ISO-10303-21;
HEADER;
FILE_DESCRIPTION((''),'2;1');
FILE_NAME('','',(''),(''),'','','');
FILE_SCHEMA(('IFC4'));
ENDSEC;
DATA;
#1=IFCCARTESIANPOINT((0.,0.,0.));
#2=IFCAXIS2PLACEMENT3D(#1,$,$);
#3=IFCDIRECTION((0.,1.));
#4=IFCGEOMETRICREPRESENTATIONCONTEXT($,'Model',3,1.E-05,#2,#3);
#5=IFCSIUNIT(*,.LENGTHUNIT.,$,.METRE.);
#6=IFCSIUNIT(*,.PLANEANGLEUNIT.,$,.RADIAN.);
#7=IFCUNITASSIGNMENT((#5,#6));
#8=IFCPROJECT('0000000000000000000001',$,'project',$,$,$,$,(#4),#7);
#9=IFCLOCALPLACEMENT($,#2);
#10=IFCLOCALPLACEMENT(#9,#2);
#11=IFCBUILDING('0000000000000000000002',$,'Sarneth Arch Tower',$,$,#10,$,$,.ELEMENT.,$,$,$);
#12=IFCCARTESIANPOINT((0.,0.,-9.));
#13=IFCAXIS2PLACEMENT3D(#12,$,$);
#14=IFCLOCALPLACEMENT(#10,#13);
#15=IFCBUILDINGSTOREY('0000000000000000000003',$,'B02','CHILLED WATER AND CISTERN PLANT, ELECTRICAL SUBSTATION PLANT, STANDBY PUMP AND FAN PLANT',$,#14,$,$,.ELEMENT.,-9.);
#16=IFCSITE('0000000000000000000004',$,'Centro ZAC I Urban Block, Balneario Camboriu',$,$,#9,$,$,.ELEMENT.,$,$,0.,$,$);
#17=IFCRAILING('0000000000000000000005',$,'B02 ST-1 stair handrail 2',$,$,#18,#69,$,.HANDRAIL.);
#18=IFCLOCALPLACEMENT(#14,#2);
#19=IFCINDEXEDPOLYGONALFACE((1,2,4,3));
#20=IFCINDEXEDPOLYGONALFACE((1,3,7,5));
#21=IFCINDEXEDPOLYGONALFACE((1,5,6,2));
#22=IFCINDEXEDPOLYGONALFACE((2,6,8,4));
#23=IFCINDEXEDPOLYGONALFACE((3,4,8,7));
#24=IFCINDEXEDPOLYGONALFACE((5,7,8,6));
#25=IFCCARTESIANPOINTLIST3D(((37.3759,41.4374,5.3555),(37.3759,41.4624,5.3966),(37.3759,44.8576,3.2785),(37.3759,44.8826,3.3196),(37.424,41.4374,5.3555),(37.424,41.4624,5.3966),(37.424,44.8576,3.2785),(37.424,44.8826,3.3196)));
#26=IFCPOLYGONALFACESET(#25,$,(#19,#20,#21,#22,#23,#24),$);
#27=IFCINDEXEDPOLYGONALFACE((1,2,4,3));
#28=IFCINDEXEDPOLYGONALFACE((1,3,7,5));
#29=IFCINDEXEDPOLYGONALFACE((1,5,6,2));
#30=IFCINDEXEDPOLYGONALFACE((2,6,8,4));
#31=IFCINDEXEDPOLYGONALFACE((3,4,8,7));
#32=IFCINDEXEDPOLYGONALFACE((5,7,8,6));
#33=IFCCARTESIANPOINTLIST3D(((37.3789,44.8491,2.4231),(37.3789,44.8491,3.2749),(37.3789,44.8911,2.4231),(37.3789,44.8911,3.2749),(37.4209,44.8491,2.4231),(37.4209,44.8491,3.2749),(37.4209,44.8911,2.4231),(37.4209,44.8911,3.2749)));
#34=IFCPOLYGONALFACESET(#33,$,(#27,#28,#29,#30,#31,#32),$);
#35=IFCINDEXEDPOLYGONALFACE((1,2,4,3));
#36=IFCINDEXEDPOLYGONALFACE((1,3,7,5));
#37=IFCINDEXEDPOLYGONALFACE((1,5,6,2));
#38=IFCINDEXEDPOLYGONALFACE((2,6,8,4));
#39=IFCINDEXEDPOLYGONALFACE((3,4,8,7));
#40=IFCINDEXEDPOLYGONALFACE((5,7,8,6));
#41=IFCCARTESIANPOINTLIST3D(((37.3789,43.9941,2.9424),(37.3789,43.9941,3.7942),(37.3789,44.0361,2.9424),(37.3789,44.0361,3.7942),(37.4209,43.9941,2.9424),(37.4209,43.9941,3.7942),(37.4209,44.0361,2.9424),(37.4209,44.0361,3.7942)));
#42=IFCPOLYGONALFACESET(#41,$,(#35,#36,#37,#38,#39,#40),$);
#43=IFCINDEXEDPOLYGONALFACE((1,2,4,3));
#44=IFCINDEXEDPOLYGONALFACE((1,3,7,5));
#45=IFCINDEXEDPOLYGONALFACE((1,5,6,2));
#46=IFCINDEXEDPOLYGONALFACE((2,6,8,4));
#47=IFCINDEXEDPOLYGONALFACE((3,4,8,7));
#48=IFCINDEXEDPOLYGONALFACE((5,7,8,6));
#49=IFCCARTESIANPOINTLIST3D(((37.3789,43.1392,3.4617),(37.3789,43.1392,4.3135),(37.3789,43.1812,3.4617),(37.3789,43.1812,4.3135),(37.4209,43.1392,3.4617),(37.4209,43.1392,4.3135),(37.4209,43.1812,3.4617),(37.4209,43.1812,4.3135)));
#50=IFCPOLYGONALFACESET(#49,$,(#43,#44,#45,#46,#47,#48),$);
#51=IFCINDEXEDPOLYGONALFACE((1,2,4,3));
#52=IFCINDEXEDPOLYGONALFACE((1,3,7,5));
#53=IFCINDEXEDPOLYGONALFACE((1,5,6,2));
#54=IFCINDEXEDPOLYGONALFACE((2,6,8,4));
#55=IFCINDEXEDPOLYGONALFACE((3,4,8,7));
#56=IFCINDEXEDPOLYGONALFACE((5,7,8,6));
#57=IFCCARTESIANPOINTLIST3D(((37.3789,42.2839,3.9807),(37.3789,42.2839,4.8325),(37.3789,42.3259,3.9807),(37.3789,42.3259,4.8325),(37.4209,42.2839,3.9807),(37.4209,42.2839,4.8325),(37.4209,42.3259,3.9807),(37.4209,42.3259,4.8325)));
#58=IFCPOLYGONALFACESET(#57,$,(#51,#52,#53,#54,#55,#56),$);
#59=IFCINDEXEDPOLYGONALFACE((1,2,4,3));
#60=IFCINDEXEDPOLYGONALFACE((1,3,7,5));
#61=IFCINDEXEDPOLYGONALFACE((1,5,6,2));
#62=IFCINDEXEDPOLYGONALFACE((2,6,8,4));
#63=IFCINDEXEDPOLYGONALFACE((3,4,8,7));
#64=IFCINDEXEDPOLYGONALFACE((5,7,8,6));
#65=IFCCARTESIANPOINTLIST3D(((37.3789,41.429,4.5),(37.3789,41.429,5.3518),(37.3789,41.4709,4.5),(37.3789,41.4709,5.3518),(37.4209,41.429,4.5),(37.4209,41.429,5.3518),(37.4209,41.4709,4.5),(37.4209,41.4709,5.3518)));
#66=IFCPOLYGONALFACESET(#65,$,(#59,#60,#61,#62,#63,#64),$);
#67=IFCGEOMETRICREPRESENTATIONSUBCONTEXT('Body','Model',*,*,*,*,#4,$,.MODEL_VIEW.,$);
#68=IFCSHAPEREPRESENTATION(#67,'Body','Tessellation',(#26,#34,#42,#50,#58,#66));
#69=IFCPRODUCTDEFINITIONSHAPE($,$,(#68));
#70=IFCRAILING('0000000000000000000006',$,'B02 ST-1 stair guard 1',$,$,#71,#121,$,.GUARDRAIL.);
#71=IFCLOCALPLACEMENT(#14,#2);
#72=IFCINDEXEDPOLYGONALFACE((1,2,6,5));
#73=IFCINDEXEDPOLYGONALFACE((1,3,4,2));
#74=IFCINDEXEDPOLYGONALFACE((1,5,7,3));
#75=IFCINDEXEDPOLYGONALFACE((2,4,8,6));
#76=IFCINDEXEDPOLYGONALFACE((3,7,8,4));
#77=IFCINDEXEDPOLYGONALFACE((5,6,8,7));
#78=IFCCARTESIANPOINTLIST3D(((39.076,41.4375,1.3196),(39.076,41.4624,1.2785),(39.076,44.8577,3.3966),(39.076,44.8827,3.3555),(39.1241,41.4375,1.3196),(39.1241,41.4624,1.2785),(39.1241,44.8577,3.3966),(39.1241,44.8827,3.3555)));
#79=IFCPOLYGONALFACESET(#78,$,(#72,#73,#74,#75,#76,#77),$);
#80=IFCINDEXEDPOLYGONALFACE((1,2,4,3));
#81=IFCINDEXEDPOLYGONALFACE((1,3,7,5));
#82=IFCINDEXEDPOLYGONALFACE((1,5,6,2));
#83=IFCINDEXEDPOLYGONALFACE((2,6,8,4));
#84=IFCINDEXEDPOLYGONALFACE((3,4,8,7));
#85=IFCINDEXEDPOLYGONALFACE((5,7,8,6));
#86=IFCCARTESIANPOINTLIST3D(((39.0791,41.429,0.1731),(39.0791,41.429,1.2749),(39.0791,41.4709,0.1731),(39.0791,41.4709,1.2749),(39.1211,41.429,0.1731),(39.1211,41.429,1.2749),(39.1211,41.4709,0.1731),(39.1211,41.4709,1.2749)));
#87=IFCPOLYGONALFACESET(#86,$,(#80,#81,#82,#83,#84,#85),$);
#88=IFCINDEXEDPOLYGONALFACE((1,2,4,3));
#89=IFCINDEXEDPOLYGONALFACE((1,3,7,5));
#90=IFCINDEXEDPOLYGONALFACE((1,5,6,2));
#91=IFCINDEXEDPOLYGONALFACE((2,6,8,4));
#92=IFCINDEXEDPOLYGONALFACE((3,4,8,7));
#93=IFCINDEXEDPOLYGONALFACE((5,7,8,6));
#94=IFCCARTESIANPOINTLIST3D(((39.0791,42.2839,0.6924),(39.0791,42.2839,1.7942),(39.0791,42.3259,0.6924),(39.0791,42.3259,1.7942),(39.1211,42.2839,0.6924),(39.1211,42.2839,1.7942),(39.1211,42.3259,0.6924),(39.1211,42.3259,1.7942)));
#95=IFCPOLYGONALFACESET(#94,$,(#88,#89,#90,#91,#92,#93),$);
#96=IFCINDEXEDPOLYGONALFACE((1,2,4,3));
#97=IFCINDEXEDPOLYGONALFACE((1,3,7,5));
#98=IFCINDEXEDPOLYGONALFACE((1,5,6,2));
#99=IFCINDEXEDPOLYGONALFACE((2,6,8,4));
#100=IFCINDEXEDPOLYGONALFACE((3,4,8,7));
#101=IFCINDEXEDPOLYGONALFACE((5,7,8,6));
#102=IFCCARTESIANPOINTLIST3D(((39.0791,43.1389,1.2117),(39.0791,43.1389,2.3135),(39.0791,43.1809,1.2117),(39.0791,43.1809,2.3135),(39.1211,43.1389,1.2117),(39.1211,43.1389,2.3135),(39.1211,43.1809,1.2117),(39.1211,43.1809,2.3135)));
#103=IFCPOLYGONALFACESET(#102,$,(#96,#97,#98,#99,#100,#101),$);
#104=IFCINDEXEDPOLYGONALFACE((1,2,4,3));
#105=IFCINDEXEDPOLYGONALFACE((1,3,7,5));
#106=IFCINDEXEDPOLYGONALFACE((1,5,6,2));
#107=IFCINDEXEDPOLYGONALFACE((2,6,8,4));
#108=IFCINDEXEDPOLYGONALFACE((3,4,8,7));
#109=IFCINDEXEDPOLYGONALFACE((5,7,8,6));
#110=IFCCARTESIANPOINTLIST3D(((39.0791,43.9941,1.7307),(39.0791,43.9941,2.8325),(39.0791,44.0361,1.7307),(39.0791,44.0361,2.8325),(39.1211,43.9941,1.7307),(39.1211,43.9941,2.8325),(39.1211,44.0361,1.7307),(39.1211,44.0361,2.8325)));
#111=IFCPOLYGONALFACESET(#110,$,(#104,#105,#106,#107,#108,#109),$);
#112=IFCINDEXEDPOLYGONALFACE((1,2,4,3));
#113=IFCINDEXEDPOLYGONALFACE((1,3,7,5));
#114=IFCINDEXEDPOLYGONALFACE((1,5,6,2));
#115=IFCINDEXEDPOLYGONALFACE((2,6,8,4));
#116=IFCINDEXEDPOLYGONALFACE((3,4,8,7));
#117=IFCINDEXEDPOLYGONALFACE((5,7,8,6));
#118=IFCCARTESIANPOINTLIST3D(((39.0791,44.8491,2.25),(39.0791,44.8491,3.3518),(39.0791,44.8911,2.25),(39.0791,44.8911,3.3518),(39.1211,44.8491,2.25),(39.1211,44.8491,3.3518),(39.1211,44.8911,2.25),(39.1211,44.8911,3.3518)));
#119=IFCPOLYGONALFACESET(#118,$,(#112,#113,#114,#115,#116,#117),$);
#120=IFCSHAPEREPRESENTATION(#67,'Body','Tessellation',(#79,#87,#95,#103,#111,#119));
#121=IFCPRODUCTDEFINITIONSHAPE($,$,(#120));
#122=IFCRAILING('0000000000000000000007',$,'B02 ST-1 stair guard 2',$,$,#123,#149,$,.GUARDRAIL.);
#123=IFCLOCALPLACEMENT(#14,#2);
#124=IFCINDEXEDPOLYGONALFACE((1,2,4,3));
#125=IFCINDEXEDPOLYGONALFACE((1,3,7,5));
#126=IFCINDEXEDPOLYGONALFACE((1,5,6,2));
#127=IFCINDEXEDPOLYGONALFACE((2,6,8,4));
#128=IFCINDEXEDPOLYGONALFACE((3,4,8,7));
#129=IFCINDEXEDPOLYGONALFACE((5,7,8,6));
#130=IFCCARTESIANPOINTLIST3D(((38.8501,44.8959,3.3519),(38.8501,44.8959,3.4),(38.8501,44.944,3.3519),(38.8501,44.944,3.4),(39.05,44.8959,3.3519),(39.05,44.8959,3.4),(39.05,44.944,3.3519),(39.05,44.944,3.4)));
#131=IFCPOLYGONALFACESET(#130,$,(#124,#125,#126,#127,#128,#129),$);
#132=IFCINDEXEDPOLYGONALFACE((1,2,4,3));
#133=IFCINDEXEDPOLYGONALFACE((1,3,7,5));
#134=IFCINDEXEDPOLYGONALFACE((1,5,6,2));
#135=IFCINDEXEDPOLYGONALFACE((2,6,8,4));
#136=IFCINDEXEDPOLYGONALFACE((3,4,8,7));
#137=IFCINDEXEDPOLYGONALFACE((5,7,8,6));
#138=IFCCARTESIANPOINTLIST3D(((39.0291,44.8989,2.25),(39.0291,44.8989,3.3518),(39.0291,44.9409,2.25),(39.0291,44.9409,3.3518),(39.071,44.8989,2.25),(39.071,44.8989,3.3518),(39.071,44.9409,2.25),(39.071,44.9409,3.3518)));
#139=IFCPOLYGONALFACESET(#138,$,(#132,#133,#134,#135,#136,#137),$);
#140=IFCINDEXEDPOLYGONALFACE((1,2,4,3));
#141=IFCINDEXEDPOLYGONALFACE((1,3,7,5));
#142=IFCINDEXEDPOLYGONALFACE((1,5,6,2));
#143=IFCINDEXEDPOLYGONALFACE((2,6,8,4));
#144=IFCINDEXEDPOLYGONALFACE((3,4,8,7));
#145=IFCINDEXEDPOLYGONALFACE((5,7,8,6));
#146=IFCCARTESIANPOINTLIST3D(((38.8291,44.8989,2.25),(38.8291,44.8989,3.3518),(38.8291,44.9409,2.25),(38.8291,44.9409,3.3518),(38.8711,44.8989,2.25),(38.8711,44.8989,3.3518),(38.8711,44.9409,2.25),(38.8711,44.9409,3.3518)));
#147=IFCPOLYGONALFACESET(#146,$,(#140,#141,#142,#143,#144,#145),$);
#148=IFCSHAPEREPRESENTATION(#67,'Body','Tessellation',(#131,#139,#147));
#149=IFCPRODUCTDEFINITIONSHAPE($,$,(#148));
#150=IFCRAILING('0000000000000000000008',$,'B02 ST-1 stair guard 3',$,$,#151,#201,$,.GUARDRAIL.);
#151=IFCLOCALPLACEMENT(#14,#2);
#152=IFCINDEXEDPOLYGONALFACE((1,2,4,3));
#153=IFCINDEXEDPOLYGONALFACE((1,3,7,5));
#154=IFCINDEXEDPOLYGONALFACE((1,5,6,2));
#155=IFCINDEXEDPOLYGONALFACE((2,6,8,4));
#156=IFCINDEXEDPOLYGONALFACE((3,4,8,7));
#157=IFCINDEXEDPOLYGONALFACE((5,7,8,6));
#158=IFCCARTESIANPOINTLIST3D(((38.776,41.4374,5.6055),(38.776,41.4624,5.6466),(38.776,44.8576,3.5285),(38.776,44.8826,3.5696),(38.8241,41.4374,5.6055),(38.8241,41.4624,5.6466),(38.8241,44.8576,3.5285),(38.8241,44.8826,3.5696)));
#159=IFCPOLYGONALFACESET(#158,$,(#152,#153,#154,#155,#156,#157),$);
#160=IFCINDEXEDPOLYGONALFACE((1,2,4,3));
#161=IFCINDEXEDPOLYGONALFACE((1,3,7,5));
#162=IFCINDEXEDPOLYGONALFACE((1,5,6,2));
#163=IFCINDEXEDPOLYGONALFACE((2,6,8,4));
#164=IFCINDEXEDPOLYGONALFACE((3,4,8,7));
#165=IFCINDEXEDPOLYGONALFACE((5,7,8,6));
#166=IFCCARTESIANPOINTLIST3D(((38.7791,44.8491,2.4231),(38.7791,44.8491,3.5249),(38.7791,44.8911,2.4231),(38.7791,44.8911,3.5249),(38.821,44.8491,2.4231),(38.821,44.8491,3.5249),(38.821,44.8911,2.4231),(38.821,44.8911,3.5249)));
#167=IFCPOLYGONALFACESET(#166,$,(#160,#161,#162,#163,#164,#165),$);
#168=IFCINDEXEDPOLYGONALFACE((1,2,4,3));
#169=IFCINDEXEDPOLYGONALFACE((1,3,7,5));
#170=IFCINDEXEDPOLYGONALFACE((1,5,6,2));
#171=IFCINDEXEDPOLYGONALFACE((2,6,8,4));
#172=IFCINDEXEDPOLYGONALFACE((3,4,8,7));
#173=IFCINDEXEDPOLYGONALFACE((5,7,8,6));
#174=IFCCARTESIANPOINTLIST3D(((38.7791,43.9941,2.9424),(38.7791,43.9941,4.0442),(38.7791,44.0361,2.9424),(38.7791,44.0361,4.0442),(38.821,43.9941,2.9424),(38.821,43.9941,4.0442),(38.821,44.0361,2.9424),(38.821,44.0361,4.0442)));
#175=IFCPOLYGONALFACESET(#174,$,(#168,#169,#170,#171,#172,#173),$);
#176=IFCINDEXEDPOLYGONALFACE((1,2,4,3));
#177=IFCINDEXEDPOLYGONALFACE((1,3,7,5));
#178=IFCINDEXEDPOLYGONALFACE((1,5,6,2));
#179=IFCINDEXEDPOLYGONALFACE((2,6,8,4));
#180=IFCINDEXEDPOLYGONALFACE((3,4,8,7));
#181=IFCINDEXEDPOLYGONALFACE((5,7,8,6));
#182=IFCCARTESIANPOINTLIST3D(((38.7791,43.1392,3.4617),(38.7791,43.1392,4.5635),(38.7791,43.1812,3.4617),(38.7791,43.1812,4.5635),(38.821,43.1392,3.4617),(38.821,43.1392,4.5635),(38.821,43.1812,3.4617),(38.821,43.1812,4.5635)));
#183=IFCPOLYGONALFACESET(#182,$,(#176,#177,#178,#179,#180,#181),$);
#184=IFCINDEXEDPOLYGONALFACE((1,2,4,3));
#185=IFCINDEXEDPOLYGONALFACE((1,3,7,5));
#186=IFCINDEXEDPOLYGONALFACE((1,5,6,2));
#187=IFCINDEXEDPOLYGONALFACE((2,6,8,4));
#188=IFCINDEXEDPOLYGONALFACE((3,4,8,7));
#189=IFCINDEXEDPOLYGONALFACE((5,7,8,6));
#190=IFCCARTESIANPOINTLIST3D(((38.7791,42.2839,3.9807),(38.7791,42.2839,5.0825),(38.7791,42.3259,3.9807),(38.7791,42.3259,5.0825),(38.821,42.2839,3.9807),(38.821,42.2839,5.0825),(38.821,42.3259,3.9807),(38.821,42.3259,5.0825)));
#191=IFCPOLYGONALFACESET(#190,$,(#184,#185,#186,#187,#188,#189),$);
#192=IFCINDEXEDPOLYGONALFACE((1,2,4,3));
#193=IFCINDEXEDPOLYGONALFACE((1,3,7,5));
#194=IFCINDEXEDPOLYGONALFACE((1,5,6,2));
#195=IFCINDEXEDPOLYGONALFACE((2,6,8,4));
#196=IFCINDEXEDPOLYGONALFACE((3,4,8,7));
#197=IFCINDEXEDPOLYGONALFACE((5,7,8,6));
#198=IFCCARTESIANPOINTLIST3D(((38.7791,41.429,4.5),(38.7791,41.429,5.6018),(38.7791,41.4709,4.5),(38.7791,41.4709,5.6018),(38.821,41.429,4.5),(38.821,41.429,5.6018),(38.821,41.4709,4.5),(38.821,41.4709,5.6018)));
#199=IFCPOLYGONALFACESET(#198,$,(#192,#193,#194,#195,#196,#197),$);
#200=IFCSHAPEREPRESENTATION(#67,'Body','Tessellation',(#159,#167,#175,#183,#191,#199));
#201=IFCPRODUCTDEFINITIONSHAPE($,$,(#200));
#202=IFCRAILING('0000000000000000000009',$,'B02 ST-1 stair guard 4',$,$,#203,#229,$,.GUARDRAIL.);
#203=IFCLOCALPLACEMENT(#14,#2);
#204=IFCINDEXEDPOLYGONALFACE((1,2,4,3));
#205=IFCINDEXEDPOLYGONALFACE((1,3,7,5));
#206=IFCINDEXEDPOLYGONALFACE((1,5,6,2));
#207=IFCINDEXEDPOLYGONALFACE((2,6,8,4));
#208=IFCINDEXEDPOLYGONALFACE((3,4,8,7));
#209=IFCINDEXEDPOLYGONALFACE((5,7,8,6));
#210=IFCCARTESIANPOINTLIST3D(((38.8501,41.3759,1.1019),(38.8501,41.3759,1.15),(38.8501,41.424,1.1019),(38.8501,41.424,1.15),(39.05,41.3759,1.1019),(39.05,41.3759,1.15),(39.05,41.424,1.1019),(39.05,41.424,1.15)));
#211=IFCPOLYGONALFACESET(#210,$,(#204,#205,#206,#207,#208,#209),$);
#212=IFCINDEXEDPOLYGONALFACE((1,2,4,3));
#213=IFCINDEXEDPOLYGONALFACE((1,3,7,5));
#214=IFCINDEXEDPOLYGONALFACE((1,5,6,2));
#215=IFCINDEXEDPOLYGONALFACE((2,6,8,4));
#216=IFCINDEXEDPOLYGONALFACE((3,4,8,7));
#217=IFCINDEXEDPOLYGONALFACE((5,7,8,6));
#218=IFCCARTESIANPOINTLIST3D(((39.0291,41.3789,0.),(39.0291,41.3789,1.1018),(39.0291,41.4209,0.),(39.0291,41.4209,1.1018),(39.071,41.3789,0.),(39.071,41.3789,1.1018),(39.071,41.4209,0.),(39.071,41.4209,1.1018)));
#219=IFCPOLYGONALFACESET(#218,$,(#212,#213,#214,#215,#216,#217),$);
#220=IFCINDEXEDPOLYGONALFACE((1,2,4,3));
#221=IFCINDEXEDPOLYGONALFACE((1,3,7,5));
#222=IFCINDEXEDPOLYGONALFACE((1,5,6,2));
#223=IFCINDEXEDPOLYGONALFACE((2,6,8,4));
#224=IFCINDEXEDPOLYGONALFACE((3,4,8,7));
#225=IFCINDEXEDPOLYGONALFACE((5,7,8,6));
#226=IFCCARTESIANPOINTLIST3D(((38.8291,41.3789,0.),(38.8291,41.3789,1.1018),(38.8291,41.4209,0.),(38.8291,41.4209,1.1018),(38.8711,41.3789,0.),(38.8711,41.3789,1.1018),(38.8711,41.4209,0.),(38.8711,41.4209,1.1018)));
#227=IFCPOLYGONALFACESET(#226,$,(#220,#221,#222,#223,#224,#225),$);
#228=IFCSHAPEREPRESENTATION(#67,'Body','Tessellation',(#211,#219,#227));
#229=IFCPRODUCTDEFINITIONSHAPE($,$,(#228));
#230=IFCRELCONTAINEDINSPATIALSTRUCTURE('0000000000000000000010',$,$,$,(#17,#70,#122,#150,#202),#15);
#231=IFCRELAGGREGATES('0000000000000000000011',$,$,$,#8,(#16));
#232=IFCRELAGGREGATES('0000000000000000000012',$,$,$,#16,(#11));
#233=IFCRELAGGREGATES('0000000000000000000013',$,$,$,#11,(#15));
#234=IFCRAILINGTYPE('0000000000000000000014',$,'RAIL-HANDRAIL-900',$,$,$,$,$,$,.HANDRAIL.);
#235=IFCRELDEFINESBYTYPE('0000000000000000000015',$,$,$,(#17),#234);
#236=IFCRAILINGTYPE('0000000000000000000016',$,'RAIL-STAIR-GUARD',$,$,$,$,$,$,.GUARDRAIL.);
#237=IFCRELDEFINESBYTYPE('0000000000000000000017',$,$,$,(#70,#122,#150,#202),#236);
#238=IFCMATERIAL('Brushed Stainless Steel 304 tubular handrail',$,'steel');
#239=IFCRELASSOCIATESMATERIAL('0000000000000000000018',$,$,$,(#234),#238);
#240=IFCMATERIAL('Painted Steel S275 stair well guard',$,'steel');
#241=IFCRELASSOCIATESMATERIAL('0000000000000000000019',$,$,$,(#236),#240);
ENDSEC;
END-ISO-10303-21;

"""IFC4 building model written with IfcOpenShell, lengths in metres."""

from ifc_helpers import new_model, si_unit, direction, frame, origin, origin_2d, place, context, subcontext, project, spatial, rectangle, extrude, material, type_object, element, save


model = new_model("IFC4")

# Units and contexts
model_context = context("Model", 3, precision=1e-05, world=origin(), true_north=direction((0.0, 1.0)))
body_context = subcontext(model_context, "Body", "Model", "MODEL_VIEW")
ifc_project = project(units=[si_unit("LENGTHUNIT", "METRE"), si_unit("PLANEANGLEUNIT", "RADIAN")], contexts=[model_context])

# Site, building, storey
site_placement = place(None, origin())
site = spatial("IfcSite", under=ifc_project, at=site_placement, Name="Centro ZAC I Urban Block, Balneario Camboriu", CompositionType="ELEMENT", RefElevation=0.0)
building_placement = place(site_placement, origin())
building = spatial("IfcBuilding", under=site, at=building_placement, Name="Sarneth Arch Tower", CompositionType="ELEMENT")
storey_placement = place(building_placement, frame((0.0, 0.0, -9.0)))
storey = spatial("IfcBuildingStorey", under=building, at=storey_placement, Name="B02", Description="CHILLED WATER AND CISTERN PLANT, ELECTRICAL SUBSTATION PLANT, STANDBY PUMP AND FAN PLANT", CompositionType="ELEMENT", Elevation=-9.0)

# Railings
ifc_material_1 = material(Name="Brushed Stainless Steel 304 tubular handrail", Category="steel")
railing_type_1 = type_object("IfcRailingType", Name="RAIL-HANDRAIL-900", PredefinedType="HANDRAIL", material=ifc_material_1)
railing_1_placement = place(storey_placement, frame((37.3999, 44.8701, 2.4231)))
element("IfcRailing", 1, at=railing_1_placement, inside=storey, type_object=railing_type_1, Name="B02 ST-1 stair handrail 2", PredefinedType="HANDRAIL", context=body_context, shape_type="SweptSolid", body=[
    extrude(rectangle(XDim=0.0481, YDim=0.0481, at=origin_2d()), frame((0.0, 0.0, 0.876), z_axis=(0.0, -0.854746, 0.519047), x_axis=(1.0, 0.0, 0.0)), (0.0, 0.0, 1.0), 4.0015),
    extrude(rectangle(XDim=0.042, YDim=0.042, at=origin_2d()), origin(), (0.0, 0.0, 1.0), 0.8518),
    extrude(rectangle(XDim=0.042, YDim=0.042, at=origin_2d()), frame((0.0, -0.855, 0.5193)), (0.0, 0.0, 1.0), 0.8518),
    extrude(rectangle(XDim=0.042, YDim=0.042, at=origin_2d()), frame((0.0, -1.71, 1.0386)), (0.0, 0.0, 1.0), 0.8518),
    extrude(rectangle(XDim=0.042, YDim=0.042, at=origin_2d()), frame((0.0, -2.5652, 1.5576)), (0.0, 0.0, 1.0), 0.8518),
    extrude(rectangle(XDim=0.042, YDim=0.042, at=origin_2d()), frame((0.0, -3.4202, 2.0769)), (0.0, 0.0, 1.0), 0.8518),
])
ifc_material_2 = material(Name="Painted Steel S275 stair well guard", Category="steel")
railing_type_2 = type_object("IfcRailingType", Name="RAIL-STAIR-GUARD", PredefinedType="GUARDRAIL", material=ifc_material_2)
railing_2_placement = place(storey_placement, frame((39.1001, 41.45, 0.1731)))
element("IfcRailing", 2, at=railing_2_placement, inside=storey, type_object=railing_type_2, Name="B02 ST-1 stair guard 1", PredefinedType="GUARDRAIL", context=body_context, shape_type="SweptSolid", body=[
    extrude(rectangle(XDim=0.0481, YDim=0.0481, at=origin_2d()), frame((0.0, 0.0, 1.126), z_axis=(0.0, 0.854746, 0.519047), x_axis=(-1.0, 0.0, 0.0)), (0.0, 0.0, 1.0), 4.0015),
    extrude(rectangle(XDim=0.042, YDim=0.042, at=origin_2d()), origin(), (0.0, 0.0, 1.0), 1.1018),
    extrude(rectangle(XDim=0.042, YDim=0.042, at=origin_2d()), frame((0.0, 0.855, 0.5193)), (0.0, 0.0, 1.0), 1.1018),
    extrude(rectangle(XDim=0.042, YDim=0.042, at=origin_2d()), frame((0.0, 1.71, 1.0386)), (0.0, 0.0, 1.0), 1.1018),
    extrude(rectangle(XDim=0.042, YDim=0.042, at=origin_2d()), frame((0.0, 2.5652, 1.5576)), (0.0, 0.0, 1.0), 1.1018),
    extrude(rectangle(XDim=0.042, YDim=0.042, at=origin_2d()), frame((0.0, 3.4202, 2.0769)), (0.0, 0.0, 1.0), 1.1018),
])
railing_3_placement = place(storey_placement, frame((39.05, 44.9199, 2.25)))
element("IfcRailing", 3, at=railing_3_placement, inside=storey, type_object=railing_type_2, Name="B02 ST-1 stair guard 2", PredefinedType="GUARDRAIL", context=body_context, shape_type="SweptSolid", body=[
    extrude(rectangle(XDim=0.0481, YDim=0.0481, at=origin_2d()), frame((0.0, 0.0, 1.126), z_axis=(-1.0, 0.0, 0.0), x_axis=(0.0, -1.0, 0.0)), (0.0, 0.0, 1.0), 0.2),
    extrude(rectangle(XDim=0.042, YDim=0.042, at=origin_2d()), origin(), (0.0, 0.0, 1.0), 1.1018),
    extrude(rectangle(XDim=0.042, YDim=0.042, at=origin_2d()), frame((-0.2, 0.0, 0.0)), (0.0, 0.0, 1.0), 1.1018),
])
railing_4_placement = place(storey_placement, frame((38.8, 44.8701, 2.4231)))
element("IfcRailing", 4, at=railing_4_placement, inside=storey, type_object=railing_type_2, Name="B02 ST-1 stair guard 3", PredefinedType="GUARDRAIL", context=body_context, shape_type="SweptSolid", body=[
    extrude(rectangle(XDim=0.0481, YDim=0.0481, at=origin_2d()), frame((0.0, 0.0, 1.126), z_axis=(0.0, -0.854746, 0.519047), x_axis=(1.0, 0.0, 0.0)), (0.0, 0.0, 1.0), 4.0015),
    extrude(rectangle(XDim=0.042, YDim=0.042, at=origin_2d()), origin(), (0.0, 0.0, 1.0), 1.1018),
    extrude(rectangle(XDim=0.042, YDim=0.042, at=origin_2d()), frame((0.0, -0.855, 0.5193)), (0.0, 0.0, 1.0), 1.1018),
    extrude(rectangle(XDim=0.042, YDim=0.042, at=origin_2d()), frame((0.0, -1.71, 1.0386)), (0.0, 0.0, 1.0), 1.1018),
    extrude(rectangle(XDim=0.042, YDim=0.042, at=origin_2d()), frame((0.0, -2.5652, 1.5576)), (0.0, 0.0, 1.0), 1.1018),
    extrude(rectangle(XDim=0.042, YDim=0.042, at=origin_2d()), frame((0.0, -3.4202, 2.0769)), (0.0, 0.0, 1.0), 1.1018),
])
railing_5_placement = place(storey_placement, frame((39.05, 41.3999, 0.0)))
element("IfcRailing", 5, at=railing_5_placement, inside=storey, type_object=railing_type_2, Name="B02 ST-1 stair guard 4", PredefinedType="GUARDRAIL", context=body_context, shape_type="SweptSolid", body=[
    extrude(rectangle(XDim=0.0481, YDim=0.0481, at=origin_2d()), frame((0.0, 0.0, 1.126), z_axis=(-1.0, 0.0, 0.0), x_axis=(0.0, -1.0, 0.0)), (0.0, 0.0, 1.0), 0.2),
    extrude(rectangle(XDim=0.042, YDim=0.042, at=origin_2d()), origin(), (0.0, 0.0, 1.0), 1.1018),
    extrude(rectangle(XDim=0.042, YDim=0.042, at=origin_2d()), frame((-0.2, 0.0, 0.0)), (0.0, 0.0, 1.0), 1.1018),
])

save(model, "model.ifc")
